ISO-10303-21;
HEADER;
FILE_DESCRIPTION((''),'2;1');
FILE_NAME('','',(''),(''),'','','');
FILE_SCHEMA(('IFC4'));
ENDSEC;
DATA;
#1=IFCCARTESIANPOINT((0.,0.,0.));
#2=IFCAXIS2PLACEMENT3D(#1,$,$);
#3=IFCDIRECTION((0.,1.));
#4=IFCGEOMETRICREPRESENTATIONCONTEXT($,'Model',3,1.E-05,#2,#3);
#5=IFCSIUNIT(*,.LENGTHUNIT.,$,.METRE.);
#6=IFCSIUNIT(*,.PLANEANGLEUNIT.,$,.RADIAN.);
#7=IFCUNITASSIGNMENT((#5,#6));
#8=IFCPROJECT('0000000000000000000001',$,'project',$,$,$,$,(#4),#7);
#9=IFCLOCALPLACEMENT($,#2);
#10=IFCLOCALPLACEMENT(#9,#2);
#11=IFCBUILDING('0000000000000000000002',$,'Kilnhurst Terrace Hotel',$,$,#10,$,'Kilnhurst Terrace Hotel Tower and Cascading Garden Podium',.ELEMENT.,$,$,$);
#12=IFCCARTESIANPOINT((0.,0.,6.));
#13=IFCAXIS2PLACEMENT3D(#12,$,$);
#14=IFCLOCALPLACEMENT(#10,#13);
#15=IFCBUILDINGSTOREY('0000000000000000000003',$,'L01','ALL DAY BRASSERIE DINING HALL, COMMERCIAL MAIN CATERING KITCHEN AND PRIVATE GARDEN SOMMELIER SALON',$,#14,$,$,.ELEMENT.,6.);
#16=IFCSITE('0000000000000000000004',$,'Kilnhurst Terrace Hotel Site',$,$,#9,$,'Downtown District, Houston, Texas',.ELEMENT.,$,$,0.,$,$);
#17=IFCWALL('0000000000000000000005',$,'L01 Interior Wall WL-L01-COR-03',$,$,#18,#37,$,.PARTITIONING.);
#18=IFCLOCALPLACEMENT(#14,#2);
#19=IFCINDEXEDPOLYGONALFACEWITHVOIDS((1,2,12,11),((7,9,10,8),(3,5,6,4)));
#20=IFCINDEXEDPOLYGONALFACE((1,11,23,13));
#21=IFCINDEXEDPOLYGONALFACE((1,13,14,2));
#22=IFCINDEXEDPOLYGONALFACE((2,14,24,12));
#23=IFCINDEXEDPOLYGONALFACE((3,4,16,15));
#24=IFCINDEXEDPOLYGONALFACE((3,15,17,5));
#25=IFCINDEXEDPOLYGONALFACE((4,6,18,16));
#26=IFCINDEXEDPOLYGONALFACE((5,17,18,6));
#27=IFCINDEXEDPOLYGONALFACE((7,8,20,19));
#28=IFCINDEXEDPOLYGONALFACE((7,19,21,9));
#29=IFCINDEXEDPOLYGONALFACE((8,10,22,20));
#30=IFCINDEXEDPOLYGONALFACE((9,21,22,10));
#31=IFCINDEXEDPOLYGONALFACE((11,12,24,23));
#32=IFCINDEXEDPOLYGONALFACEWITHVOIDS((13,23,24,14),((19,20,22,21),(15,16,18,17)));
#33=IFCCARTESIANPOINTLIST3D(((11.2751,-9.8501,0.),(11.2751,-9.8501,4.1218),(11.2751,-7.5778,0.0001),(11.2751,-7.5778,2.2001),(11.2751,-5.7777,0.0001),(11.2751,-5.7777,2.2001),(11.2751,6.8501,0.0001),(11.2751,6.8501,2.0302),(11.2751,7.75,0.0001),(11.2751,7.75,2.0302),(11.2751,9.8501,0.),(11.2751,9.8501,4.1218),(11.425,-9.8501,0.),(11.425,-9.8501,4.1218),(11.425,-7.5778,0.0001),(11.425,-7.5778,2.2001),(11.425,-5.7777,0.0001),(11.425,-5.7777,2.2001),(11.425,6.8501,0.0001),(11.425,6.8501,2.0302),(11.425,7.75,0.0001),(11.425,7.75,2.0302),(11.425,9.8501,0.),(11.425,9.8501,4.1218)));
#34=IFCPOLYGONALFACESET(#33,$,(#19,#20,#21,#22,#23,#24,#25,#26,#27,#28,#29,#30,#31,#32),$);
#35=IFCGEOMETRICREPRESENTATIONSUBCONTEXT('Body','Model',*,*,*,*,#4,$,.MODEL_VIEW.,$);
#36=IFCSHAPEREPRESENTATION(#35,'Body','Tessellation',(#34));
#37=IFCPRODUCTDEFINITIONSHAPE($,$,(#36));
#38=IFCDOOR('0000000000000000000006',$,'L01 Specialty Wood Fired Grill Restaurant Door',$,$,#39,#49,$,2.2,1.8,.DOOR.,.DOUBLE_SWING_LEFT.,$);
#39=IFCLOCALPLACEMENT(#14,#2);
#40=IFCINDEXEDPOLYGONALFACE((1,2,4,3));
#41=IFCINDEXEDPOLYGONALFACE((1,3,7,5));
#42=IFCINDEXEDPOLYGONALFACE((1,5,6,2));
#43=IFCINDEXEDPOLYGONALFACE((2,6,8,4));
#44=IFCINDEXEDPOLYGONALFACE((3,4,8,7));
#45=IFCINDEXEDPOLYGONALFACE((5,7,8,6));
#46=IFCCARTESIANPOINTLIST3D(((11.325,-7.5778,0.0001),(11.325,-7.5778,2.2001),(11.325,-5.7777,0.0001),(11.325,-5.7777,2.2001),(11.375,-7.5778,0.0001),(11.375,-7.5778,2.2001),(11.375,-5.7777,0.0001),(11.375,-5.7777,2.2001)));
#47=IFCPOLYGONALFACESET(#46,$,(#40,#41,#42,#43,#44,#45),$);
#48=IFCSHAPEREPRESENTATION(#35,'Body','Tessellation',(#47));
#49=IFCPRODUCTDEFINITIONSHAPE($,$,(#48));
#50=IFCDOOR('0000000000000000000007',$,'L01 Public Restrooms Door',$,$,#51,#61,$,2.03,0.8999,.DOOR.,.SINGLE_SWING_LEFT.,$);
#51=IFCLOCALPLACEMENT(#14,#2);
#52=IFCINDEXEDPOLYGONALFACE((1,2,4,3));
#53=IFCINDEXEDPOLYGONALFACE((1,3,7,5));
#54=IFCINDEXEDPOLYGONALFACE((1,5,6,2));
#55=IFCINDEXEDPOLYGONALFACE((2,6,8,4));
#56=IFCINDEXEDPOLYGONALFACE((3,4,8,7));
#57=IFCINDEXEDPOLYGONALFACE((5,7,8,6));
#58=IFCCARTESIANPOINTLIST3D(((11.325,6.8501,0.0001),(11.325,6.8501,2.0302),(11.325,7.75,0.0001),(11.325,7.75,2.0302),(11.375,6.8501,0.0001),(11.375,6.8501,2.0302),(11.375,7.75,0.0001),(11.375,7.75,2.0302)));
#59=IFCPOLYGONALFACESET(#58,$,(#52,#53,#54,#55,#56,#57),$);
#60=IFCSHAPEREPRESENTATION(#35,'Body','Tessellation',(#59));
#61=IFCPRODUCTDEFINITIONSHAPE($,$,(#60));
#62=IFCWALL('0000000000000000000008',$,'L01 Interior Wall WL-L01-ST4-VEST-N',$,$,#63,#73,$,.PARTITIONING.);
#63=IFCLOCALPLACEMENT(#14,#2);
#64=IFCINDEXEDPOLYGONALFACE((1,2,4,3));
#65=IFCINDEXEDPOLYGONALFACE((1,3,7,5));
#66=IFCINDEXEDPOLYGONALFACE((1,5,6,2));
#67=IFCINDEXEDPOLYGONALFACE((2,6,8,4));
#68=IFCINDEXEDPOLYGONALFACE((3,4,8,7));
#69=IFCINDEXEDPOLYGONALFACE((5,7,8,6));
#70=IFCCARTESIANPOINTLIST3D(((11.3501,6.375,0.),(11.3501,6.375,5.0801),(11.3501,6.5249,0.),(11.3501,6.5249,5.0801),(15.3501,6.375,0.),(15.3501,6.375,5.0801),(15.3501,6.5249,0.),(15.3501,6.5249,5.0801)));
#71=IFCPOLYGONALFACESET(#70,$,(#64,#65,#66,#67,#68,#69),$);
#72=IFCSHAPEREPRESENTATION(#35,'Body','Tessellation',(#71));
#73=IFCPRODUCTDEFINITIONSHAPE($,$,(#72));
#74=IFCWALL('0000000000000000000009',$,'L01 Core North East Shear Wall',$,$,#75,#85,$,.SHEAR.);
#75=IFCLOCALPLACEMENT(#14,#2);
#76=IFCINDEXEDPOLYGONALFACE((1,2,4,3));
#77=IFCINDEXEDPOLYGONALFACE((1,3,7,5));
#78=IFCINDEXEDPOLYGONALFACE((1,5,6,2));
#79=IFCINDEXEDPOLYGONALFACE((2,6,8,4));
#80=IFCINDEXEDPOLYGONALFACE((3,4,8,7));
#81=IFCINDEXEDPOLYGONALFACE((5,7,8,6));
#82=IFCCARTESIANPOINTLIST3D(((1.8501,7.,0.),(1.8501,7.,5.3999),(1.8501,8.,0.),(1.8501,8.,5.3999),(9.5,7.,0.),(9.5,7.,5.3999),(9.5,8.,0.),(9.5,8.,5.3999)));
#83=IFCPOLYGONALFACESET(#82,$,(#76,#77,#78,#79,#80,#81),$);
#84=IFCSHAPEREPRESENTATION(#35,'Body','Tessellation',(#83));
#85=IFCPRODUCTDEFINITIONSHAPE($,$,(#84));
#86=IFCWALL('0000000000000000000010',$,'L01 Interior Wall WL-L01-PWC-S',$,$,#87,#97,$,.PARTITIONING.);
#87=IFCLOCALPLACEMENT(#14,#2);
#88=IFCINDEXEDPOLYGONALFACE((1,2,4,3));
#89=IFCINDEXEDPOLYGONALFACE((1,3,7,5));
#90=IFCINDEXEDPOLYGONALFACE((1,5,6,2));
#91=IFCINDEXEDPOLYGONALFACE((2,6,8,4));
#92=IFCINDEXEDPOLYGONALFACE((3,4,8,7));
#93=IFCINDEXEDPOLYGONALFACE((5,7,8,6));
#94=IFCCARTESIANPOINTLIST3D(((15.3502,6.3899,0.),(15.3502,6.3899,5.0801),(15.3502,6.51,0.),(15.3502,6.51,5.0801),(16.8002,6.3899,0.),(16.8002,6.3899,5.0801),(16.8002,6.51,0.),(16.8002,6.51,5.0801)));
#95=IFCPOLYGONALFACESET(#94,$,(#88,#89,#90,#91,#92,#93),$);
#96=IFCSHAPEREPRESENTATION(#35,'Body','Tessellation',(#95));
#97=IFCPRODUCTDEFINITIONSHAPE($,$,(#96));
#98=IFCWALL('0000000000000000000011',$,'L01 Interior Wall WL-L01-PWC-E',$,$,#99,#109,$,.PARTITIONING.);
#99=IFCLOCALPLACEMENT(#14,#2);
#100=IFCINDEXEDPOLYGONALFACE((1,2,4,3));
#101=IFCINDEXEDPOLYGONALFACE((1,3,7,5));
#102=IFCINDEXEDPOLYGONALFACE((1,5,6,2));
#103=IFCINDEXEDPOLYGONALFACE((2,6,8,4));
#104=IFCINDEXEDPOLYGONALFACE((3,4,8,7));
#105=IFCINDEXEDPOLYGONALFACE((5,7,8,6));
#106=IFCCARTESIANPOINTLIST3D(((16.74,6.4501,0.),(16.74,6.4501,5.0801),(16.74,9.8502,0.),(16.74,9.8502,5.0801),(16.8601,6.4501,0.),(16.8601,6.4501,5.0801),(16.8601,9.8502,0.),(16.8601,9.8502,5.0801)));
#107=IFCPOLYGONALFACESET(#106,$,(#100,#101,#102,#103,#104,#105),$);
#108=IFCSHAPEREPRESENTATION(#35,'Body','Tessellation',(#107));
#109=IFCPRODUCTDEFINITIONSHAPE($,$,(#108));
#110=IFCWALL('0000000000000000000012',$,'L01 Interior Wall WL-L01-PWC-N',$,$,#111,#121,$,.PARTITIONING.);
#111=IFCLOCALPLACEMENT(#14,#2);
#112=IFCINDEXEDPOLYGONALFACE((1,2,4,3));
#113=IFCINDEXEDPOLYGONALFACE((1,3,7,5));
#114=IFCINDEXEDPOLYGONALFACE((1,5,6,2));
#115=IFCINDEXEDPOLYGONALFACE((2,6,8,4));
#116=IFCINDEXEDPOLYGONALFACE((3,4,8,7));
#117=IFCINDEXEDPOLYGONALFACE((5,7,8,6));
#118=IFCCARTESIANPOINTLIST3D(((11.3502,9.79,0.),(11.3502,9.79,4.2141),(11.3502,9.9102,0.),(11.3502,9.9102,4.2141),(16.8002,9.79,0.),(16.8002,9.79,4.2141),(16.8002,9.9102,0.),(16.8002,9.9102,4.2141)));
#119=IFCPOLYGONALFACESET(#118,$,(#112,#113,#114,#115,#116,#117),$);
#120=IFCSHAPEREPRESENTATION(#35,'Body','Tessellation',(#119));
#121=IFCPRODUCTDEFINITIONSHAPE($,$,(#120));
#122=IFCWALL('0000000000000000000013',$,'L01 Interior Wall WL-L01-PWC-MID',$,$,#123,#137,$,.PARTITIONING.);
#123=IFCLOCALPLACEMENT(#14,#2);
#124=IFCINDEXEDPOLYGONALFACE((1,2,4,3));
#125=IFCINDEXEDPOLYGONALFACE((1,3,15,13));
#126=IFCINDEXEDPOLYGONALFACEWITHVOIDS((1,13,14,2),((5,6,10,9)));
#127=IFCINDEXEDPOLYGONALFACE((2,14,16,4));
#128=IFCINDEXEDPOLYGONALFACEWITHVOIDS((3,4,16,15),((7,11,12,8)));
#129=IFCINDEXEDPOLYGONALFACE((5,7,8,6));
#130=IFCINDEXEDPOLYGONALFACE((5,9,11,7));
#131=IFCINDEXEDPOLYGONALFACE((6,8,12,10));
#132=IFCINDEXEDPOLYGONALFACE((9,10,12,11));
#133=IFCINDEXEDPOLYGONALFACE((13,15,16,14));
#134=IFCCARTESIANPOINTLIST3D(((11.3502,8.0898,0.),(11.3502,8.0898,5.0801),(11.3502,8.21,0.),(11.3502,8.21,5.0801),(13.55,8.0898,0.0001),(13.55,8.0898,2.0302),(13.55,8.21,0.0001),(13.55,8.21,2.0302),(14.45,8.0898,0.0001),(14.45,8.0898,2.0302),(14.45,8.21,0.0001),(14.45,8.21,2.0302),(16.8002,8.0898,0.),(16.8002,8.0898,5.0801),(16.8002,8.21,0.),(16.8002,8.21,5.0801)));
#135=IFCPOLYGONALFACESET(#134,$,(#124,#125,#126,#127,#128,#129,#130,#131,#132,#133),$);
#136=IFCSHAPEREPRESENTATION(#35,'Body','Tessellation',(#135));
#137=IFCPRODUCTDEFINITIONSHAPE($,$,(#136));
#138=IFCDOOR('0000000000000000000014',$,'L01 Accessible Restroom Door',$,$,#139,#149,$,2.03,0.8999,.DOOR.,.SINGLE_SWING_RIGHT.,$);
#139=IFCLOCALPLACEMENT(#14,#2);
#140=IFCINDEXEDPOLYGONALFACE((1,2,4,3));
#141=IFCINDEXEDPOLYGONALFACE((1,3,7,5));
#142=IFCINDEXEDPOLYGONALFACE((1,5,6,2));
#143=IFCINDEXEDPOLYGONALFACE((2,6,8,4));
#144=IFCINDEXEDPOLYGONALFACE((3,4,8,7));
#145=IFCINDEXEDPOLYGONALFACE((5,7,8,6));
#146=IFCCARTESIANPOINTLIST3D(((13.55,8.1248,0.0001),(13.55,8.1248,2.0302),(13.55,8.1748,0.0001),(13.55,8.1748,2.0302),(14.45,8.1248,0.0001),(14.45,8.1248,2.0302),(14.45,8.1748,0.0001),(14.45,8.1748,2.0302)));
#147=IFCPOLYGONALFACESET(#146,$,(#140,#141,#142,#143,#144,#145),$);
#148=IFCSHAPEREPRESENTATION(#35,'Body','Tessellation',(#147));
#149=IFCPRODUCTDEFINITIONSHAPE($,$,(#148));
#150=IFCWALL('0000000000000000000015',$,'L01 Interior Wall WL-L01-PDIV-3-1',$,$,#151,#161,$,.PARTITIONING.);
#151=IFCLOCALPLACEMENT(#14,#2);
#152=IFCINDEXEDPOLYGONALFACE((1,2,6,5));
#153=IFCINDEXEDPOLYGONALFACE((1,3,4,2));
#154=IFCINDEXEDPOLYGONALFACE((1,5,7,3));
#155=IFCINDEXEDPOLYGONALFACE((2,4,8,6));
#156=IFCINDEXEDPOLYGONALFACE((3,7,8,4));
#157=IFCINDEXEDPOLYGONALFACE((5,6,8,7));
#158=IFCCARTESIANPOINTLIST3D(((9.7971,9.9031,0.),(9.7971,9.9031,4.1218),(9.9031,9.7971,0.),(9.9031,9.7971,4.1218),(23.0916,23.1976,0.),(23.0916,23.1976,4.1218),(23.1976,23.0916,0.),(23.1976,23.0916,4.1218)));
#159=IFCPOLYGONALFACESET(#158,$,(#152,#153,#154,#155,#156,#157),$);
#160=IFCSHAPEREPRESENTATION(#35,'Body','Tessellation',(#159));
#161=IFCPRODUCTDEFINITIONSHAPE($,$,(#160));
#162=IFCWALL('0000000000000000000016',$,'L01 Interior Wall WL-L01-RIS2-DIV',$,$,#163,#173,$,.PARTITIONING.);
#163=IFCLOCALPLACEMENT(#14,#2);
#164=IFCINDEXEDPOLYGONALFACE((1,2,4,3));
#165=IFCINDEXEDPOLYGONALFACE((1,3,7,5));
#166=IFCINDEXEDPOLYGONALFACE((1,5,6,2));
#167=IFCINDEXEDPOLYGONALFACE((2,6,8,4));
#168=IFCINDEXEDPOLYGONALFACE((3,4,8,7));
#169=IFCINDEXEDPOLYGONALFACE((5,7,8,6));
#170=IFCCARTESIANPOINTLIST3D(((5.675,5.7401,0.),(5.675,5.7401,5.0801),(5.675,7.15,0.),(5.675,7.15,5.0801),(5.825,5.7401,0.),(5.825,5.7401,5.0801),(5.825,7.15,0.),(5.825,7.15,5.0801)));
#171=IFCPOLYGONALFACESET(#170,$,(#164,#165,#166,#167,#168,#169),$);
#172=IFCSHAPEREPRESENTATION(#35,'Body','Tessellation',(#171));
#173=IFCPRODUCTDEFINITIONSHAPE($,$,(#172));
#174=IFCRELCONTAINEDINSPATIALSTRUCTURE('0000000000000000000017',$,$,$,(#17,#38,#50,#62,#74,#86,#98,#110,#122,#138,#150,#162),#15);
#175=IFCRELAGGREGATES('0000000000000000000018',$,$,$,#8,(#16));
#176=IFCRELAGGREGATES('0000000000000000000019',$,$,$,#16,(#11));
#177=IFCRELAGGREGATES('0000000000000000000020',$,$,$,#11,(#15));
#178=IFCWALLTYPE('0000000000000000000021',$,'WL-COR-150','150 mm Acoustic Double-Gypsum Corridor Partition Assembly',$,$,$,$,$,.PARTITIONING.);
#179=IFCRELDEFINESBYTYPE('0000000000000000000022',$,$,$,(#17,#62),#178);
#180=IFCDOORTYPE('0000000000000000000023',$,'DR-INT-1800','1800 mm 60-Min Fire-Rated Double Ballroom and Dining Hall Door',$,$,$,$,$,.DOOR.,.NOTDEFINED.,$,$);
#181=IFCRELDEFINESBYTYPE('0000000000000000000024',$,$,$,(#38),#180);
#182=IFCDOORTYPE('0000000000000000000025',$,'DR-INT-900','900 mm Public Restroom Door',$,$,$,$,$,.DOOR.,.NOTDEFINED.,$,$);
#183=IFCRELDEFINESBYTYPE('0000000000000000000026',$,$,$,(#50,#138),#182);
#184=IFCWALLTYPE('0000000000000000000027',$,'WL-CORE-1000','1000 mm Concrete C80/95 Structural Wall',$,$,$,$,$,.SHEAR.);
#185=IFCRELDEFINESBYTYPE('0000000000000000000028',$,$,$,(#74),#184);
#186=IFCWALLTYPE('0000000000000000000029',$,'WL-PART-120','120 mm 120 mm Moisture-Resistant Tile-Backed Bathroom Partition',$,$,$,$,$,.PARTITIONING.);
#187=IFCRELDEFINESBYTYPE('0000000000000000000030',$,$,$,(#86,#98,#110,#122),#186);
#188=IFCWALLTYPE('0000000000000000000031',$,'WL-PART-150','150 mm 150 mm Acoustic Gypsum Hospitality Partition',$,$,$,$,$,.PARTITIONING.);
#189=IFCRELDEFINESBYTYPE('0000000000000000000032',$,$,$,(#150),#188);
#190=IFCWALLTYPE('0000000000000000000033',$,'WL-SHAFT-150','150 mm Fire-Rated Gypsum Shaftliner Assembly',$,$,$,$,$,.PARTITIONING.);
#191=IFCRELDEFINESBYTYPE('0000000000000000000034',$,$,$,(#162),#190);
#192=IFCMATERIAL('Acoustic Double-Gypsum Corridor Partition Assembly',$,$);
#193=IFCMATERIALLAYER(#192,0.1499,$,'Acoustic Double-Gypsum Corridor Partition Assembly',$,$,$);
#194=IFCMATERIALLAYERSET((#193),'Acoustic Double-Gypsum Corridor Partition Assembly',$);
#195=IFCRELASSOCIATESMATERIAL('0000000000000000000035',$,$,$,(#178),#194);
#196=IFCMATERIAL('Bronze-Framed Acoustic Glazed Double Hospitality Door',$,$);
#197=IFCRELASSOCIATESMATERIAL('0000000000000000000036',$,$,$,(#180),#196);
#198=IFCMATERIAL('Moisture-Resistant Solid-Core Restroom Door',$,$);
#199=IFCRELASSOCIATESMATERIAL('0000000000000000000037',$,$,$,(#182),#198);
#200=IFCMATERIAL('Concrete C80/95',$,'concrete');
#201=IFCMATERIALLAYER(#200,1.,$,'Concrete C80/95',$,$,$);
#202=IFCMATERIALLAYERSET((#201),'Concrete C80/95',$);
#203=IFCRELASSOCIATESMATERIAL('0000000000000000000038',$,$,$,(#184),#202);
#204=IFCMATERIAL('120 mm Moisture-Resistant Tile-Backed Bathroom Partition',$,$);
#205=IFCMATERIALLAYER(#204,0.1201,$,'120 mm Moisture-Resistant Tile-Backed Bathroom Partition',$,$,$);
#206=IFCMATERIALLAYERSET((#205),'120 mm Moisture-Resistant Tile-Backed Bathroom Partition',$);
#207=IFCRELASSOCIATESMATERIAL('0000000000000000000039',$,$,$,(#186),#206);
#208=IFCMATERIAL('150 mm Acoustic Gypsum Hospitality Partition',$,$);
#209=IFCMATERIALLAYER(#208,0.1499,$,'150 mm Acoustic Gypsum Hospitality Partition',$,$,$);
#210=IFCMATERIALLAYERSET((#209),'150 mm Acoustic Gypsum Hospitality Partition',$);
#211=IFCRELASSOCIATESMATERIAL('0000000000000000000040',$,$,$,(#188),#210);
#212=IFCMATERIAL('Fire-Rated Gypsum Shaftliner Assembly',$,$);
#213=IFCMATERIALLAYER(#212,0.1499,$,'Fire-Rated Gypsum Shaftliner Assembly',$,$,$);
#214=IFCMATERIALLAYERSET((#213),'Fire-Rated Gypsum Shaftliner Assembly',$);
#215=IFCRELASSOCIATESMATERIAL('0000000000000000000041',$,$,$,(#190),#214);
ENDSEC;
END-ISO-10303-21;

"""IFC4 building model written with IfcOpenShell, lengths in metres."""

from ifc_helpers import new_model, si_unit, direction, frame, frame_2d, origin, place, context, subcontext, project, spatial, rectangle, extrude, material, layer, layer_set, type_object, element, fill, save


model = new_model("IFC4")

# Units and contexts
model_context = context("Model", 3, precision=1e-05, world=origin(), true_north=direction((0.0, 1.0)))
body_context = subcontext(model_context, "Body", "Model", "MODEL_VIEW")
ifc_project = project(units=[si_unit("LENGTHUNIT", "METRE"), si_unit("PLANEANGLEUNIT", "RADIAN")], contexts=[model_context])

# Site, building, storey
site_placement = place(None, origin())
site = spatial("IfcSite", under=ifc_project, at=site_placement, Name="Kilnhurst Terrace Hotel Site", LongName="Downtown District, Houston, Texas", CompositionType="ELEMENT", RefElevation=0.0)
building_placement = place(site_placement, origin())
building = spatial("IfcBuilding", under=site, at=building_placement, Name="Kilnhurst Terrace Hotel", LongName="Kilnhurst Terrace Hotel Tower and Cascading Garden Podium", CompositionType="ELEMENT")
storey_placement = place(building_placement, frame((0.0, 0.0, 6.0)))
storey = spatial("IfcBuildingStorey", under=building, at=storey_placement, Name="L01", Description="ALL DAY BRASSERIE DINING HALL, COMMERCIAL MAIN CATERING KITCHEN AND PRIVATE GARDEN SOMMELIER SALON", CompositionType="ELEMENT", Elevation=6.0)

# Shared definitions
ifc_material_1 = material(Name="Concrete C80/95", Category="concrete")

# Wall, openings, doors
ifc_material_2 = material(Name="Acoustic Double-Gypsum Corridor Partition Assembly")
ifc_layer_1 = layer(ifc_material_2, 0.1499, Name="Acoustic Double-Gypsum Corridor Partition Assembly")
ifc_layer_set_1 = layer_set([ifc_layer_1], Name="Acoustic Double-Gypsum Corridor Partition Assembly")
wall_type_1 = type_object("IfcWallType", Name="WL-COR-150", Description="150 mm Acoustic Double-Gypsum Corridor Partition Assembly", PredefinedType="PARTITIONING", material=ifc_layer_set_1)
wall_1_placement = place(storey_placement, frame((11.3501, 9.8501, 0.0), z_axis=(0.0, 0.0, 1.0), x_axis=(0.0, -1.0, 0.0)))
wall_1 = element("IfcWall", 1, at=wall_1_placement, inside=storey, type_object=wall_type_1, Name="L01 Interior Wall WL-L01-COR-03", PredefinedType="PARTITIONING", context=body_context, shape_type="SweptSolid", body=[
    extrude(rectangle(XDim=19.7002, YDim=0.1499, at=frame_2d((9.8501, 0.0))), origin(), (0.0, 0.0, 1.0), 4.1218),
])
opening_1_placement = place(wall_1_placement, frame((2.1001, 0.0, 0.0)))
opening_1 = element("IfcOpeningElement", 2, at=opening_1_placement, cuts=wall_1, PredefinedType="OPENING", context=body_context, shape_type="SweptSolid", body=[
    extrude(rectangle(XDim=0.8999, YDim=2.03, at=frame_2d((0.45, 1.0151))), frame((0.0, 0.085, 0.0), z_axis=(0.0, -1.0, 0.0), x_axis=(1.0, 0.0, 0.0)), (0.0, 0.0, 1.0), 0.1699),
])
opening_2_placement = place(wall_1_placement, frame((15.6279, 0.0, 0.0)))
opening_2 = element("IfcOpeningElement", 3, at=opening_2_placement, cuts=wall_1, PredefinedType="OPENING", context=body_context, shape_type="SweptSolid", body=[
    extrude(rectangle(XDim=1.8, YDim=2.2, at=frame_2d((0.8999, 1.1001))), frame((0.0, 0.085, 0.0), z_axis=(0.0, -1.0, 0.0), x_axis=(1.0, 0.0, 0.0)), (0.0, 0.0, 1.0), 0.1699),
])
ifc_material_3 = material(Name="Bronze-Framed Acoustic Glazed Double Hospitality Door")
door_type_1 = type_object("IfcDoorType", Name="DR-INT-1800", Description="1800 mm 60-Min Fire-Rated Double Ballroom and Dining Hall Door", OperationType="NOTDEFINED", PredefinedType="DOOR", material=ifc_material_3)
door_1_placement = place(opening_2_placement, origin())
door_1 = element("IfcDoor", 4, at=door_1_placement, inside=storey, type_object=door_type_1, Name="L01 Specialty Wood Fired Grill Restaurant Door", OperationType="DOUBLE_SWING_LEFT", OverallHeight=2.2, OverallWidth=1.8, PredefinedType="DOOR", context=body_context, shape_type="SweptSolid", body=[
    extrude(rectangle(XDim=1.8, YDim=2.2, at=frame_2d((0.8999, 1.1001))), frame((0.0, 0.0249, 0.0), z_axis=(0.0, -1.0, 0.0), x_axis=(1.0, 0.0, 0.0)), (0.0, 0.0, 1.0), 0.05),
])
fill(opening_2, door_1)
ifc_material_4 = material(Name="Moisture-Resistant Solid-Core Restroom Door")
door_type_2 = type_object("IfcDoorType", Name="DR-INT-900", Description="900 mm Public Restroom Door", OperationType="NOTDEFINED", PredefinedType="DOOR", material=ifc_material_4)
door_2_placement = place(opening_1_placement, origin())
door_2 = element("IfcDoor", 5, at=door_2_placement, inside=storey, type_object=door_type_2, Name="L01 Public Restrooms Door", OperationType="SINGLE_SWING_LEFT", OverallHeight=2.03, OverallWidth=0.8999, PredefinedType="DOOR", context=body_context, shape_type="SweptSolid", body=[
    extrude(rectangle(XDim=0.8999, YDim=2.03, at=frame_2d((0.45, 1.0151))), frame((0.0, 0.0249, 0.0), z_axis=(0.0, -1.0, 0.0), x_axis=(1.0, 0.0, 0.0)), (0.0, 0.0, 1.0), 0.05),
])
fill(opening_1, door_2)

# Walls
wall_2_placement = place(storey_placement, frame((11.3501, 6.45, 0.0), z_axis=(0.0, 0.0, 1.0), x_axis=(1.0, 0.0, 0.0)))
element("IfcWall", 6, at=wall_2_placement, inside=storey, type_object=wall_type_1, Name="L01 Interior Wall WL-L01-ST4-VEST-N", PredefinedType="PARTITIONING", context=body_context, shape_type="SweptSolid", body=[
    extrude(rectangle(XDim=4.0, YDim=0.1499, at=frame_2d((2.0, 0.0))), origin(), (0.0, 0.0, 1.0), 5.0801),
])
ifc_layer_2 = layer(ifc_material_1, 1.0, Name="Concrete C80/95")
ifc_layer_set_2 = layer_set([ifc_layer_2], Name="Concrete C80/95")
wall_type_2 = type_object("IfcWallType", Name="WL-CORE-1000", Description="1000 mm Concrete C80/95 Structural Wall", PredefinedType="SHEAR", material=ifc_layer_set_2)
wall_3_placement = place(storey_placement, frame((1.8501, 7.5, 0.0), z_axis=(0.0, 0.0, 1.0), x_axis=(1.0, 0.0, 0.0)))
element("IfcWall", 7, at=wall_3_placement, inside=storey, type_object=wall_type_2, Name="L01 Core North East Shear Wall", PredefinedType="SHEAR", context=body_context, shape_type="SweptSolid", body=[
    extrude(rectangle(XDim=7.6499, YDim=1.0, at=frame_2d((3.825, 0.0))), origin(), (0.0, 0.0, 1.0), 5.3999),
])
ifc_material_5 = material(Name="120 mm Moisture-Resistant Tile-Backed Bathroom Partition")
ifc_layer_3 = layer(ifc_material_5, 0.1201, Name="120 mm Moisture-Resistant Tile-Backed Bathroom Partition")
ifc_layer_set_3 = layer_set([ifc_layer_3], Name="120 mm Moisture-Resistant Tile-Backed Bathroom Partition")
wall_type_3 = type_object("IfcWallType", Name="WL-PART-120", Description="120 mm 120 mm Moisture-Resistant Tile-Backed Bathroom Partition", PredefinedType="PARTITIONING", material=ifc_layer_set_3)
wall_4_placement = place(storey_placement, frame((15.3501, 6.45, 0.0), z_axis=(0.0, 0.0, 1.0), x_axis=(1.0, 0.0, 0.0)))
element("IfcWall", 8, at=wall_4_placement, inside=storey, type_object=wall_type_3, Name="L01 Interior Wall WL-L01-PWC-S", PredefinedType="PARTITIONING", context=body_context, shape_type="SweptSolid", body=[
    extrude(rectangle(XDim=1.45, YDim=0.1201, at=frame_2d((0.7251, 0.0))), origin(), (0.0, 0.0, 1.0), 5.0801),
])
wall_5_placement = place(storey_placement, frame((16.8, 6.45, 0.0), z_axis=(0.0, 0.0, 1.0), x_axis=(0.0, 1.0, 0.0)))
element("IfcWall", 9, at=wall_5_placement, inside=storey, type_object=wall_type_3, Name="L01 Interior Wall WL-L01-PWC-E", PredefinedType="PARTITIONING", context=body_context, shape_type="SweptSolid", body=[
    extrude(rectangle(XDim=3.4001, YDim=0.1201, at=frame_2d((1.7002, 0.0))), origin(), (0.0, 0.0, 1.0), 5.0801),
])
wall_6_placement = place(storey_placement, frame((11.3501, 9.8501, 0.0), z_axis=(0.0, 0.0, 1.0), x_axis=(1.0, 0.0, 0.0)))
element("IfcWall", 10, at=wall_6_placement, inside=storey, type_object=wall_type_3, Name="L01 Interior Wall WL-L01-PWC-N", PredefinedType="PARTITIONING", context=body_context, shape_type="SweptSolid", body=[
    extrude(rectangle(XDim=5.45, YDim=0.1201, at=frame_2d((2.7251, 0.0))), origin(), (0.0, 0.0, 1.0), 4.2141),
])

# Wall, opening, door
wall_7_placement = place(storey_placement, frame((11.3501, 8.1499, 0.0), z_axis=(0.0, 0.0, 1.0), x_axis=(1.0, 0.0, 0.0)))
wall_7 = element("IfcWall", 11, at=wall_7_placement, inside=storey, type_object=wall_type_3, Name="L01 Interior Wall WL-L01-PWC-MID", PredefinedType="PARTITIONING", context=body_context, shape_type="SweptSolid", body=[
    extrude(rectangle(XDim=5.45, YDim=0.1201, at=frame_2d((2.7251, 0.0))), origin(), (0.0, 0.0, 1.0), 5.0801),
])
opening_3_placement = place(wall_7_placement, frame((2.2, 0.0, 0.0)))
opening_3 = element("IfcOpeningElement", 12, at=opening_3_placement, cuts=wall_7, PredefinedType="OPENING", context=body_context, shape_type="SweptSolid", body=[
    extrude(rectangle(XDim=0.8999, YDim=2.03, at=frame_2d((0.45, 1.0151))), frame((0.0, 0.0701, 0.0), z_axis=(0.0, -1.0, 0.0), x_axis=(1.0, 0.0, 0.0)), (0.0, 0.0, 1.0), 0.1401),
])
door_3_placement = place(opening_3_placement, origin())
door_3 = element("IfcDoor", 13, at=door_3_placement, inside=storey, type_object=door_type_2, Name="L01 Accessible Restroom Door", OperationType="SINGLE_SWING_RIGHT", OverallHeight=2.03, OverallWidth=0.8999, PredefinedType="DOOR", context=body_context, shape_type="SweptSolid", body=[
    extrude(rectangle(XDim=0.8999, YDim=2.03, at=frame_2d((0.45, 1.0151))), frame((0.0, 0.0249, 0.0), z_axis=(0.0, -1.0, 0.0), x_axis=(1.0, 0.0, 0.0)), (0.0, 0.0, 1.0), 0.05),
])
fill(opening_3, door_3)

# Walls
ifc_material_6 = material(Name="150 mm Acoustic Gypsum Hospitality Partition")
ifc_layer_4 = layer(ifc_material_6, 0.1499, Name="150 mm Acoustic Gypsum Hospitality Partition")
ifc_layer_set_4 = layer_set([ifc_layer_4], Name="150 mm Acoustic Gypsum Hospitality Partition")
wall_type_4 = type_object("IfcWallType", Name="WL-PART-150", Description="150 mm 150 mm Acoustic Gypsum Hospitality Partition", PredefinedType="PARTITIONING", material=ifc_layer_set_4)
wall_8_placement = place(storey_placement, frame((9.8501, 9.8501, 0.0), z_axis=(0.0, 0.0, 1.0), x_axis=(0.707107, 0.707107, 0.0)))
element("IfcWall", 14, at=wall_8_placement, inside=storey, type_object=wall_type_4, Name="L01 Interior Wall WL-L01-PDIV-3-1", PredefinedType="PARTITIONING", context=body_context, shape_type="SweptSolid", body=[
    extrude(rectangle(XDim=18.8013, YDim=0.1499, at=frame_2d((9.4006, 0.0))), origin(), (0.0, 0.0, 1.0), 4.1218),
])
ifc_material_7 = material(Name="Fire-Rated Gypsum Shaftliner Assembly")
ifc_layer_5 = layer(ifc_material_7, 0.1499, Name="Fire-Rated Gypsum Shaftliner Assembly")
ifc_layer_set_5 = layer_set([ifc_layer_5], Name="Fire-Rated Gypsum Shaftliner Assembly")
wall_type_5 = type_object("IfcWallType", Name="WL-SHAFT-150", Description="150 mm Fire-Rated Gypsum Shaftliner Assembly", PredefinedType="PARTITIONING", material=ifc_layer_set_5)
wall_9_placement = place(storey_placement, frame((5.75, 5.74, 0.0), z_axis=(0.0, 0.0, 1.0), x_axis=(0.0, 1.0, 0.0)))
element("IfcWall", 15, at=wall_9_placement, inside=storey, type_object=wall_type_5, Name="L01 Interior Wall WL-L01-RIS2-DIV", PredefinedType="PARTITIONING", context=body_context, shape_type="SweptSolid", body=[
    extrude(rectangle(XDim=1.4099, YDim=0.1499, at=frame_2d((0.7051, 0.0))), origin(), (0.0, 0.0, 1.0), 5.0801),
])

save(model, "model.ifc")
